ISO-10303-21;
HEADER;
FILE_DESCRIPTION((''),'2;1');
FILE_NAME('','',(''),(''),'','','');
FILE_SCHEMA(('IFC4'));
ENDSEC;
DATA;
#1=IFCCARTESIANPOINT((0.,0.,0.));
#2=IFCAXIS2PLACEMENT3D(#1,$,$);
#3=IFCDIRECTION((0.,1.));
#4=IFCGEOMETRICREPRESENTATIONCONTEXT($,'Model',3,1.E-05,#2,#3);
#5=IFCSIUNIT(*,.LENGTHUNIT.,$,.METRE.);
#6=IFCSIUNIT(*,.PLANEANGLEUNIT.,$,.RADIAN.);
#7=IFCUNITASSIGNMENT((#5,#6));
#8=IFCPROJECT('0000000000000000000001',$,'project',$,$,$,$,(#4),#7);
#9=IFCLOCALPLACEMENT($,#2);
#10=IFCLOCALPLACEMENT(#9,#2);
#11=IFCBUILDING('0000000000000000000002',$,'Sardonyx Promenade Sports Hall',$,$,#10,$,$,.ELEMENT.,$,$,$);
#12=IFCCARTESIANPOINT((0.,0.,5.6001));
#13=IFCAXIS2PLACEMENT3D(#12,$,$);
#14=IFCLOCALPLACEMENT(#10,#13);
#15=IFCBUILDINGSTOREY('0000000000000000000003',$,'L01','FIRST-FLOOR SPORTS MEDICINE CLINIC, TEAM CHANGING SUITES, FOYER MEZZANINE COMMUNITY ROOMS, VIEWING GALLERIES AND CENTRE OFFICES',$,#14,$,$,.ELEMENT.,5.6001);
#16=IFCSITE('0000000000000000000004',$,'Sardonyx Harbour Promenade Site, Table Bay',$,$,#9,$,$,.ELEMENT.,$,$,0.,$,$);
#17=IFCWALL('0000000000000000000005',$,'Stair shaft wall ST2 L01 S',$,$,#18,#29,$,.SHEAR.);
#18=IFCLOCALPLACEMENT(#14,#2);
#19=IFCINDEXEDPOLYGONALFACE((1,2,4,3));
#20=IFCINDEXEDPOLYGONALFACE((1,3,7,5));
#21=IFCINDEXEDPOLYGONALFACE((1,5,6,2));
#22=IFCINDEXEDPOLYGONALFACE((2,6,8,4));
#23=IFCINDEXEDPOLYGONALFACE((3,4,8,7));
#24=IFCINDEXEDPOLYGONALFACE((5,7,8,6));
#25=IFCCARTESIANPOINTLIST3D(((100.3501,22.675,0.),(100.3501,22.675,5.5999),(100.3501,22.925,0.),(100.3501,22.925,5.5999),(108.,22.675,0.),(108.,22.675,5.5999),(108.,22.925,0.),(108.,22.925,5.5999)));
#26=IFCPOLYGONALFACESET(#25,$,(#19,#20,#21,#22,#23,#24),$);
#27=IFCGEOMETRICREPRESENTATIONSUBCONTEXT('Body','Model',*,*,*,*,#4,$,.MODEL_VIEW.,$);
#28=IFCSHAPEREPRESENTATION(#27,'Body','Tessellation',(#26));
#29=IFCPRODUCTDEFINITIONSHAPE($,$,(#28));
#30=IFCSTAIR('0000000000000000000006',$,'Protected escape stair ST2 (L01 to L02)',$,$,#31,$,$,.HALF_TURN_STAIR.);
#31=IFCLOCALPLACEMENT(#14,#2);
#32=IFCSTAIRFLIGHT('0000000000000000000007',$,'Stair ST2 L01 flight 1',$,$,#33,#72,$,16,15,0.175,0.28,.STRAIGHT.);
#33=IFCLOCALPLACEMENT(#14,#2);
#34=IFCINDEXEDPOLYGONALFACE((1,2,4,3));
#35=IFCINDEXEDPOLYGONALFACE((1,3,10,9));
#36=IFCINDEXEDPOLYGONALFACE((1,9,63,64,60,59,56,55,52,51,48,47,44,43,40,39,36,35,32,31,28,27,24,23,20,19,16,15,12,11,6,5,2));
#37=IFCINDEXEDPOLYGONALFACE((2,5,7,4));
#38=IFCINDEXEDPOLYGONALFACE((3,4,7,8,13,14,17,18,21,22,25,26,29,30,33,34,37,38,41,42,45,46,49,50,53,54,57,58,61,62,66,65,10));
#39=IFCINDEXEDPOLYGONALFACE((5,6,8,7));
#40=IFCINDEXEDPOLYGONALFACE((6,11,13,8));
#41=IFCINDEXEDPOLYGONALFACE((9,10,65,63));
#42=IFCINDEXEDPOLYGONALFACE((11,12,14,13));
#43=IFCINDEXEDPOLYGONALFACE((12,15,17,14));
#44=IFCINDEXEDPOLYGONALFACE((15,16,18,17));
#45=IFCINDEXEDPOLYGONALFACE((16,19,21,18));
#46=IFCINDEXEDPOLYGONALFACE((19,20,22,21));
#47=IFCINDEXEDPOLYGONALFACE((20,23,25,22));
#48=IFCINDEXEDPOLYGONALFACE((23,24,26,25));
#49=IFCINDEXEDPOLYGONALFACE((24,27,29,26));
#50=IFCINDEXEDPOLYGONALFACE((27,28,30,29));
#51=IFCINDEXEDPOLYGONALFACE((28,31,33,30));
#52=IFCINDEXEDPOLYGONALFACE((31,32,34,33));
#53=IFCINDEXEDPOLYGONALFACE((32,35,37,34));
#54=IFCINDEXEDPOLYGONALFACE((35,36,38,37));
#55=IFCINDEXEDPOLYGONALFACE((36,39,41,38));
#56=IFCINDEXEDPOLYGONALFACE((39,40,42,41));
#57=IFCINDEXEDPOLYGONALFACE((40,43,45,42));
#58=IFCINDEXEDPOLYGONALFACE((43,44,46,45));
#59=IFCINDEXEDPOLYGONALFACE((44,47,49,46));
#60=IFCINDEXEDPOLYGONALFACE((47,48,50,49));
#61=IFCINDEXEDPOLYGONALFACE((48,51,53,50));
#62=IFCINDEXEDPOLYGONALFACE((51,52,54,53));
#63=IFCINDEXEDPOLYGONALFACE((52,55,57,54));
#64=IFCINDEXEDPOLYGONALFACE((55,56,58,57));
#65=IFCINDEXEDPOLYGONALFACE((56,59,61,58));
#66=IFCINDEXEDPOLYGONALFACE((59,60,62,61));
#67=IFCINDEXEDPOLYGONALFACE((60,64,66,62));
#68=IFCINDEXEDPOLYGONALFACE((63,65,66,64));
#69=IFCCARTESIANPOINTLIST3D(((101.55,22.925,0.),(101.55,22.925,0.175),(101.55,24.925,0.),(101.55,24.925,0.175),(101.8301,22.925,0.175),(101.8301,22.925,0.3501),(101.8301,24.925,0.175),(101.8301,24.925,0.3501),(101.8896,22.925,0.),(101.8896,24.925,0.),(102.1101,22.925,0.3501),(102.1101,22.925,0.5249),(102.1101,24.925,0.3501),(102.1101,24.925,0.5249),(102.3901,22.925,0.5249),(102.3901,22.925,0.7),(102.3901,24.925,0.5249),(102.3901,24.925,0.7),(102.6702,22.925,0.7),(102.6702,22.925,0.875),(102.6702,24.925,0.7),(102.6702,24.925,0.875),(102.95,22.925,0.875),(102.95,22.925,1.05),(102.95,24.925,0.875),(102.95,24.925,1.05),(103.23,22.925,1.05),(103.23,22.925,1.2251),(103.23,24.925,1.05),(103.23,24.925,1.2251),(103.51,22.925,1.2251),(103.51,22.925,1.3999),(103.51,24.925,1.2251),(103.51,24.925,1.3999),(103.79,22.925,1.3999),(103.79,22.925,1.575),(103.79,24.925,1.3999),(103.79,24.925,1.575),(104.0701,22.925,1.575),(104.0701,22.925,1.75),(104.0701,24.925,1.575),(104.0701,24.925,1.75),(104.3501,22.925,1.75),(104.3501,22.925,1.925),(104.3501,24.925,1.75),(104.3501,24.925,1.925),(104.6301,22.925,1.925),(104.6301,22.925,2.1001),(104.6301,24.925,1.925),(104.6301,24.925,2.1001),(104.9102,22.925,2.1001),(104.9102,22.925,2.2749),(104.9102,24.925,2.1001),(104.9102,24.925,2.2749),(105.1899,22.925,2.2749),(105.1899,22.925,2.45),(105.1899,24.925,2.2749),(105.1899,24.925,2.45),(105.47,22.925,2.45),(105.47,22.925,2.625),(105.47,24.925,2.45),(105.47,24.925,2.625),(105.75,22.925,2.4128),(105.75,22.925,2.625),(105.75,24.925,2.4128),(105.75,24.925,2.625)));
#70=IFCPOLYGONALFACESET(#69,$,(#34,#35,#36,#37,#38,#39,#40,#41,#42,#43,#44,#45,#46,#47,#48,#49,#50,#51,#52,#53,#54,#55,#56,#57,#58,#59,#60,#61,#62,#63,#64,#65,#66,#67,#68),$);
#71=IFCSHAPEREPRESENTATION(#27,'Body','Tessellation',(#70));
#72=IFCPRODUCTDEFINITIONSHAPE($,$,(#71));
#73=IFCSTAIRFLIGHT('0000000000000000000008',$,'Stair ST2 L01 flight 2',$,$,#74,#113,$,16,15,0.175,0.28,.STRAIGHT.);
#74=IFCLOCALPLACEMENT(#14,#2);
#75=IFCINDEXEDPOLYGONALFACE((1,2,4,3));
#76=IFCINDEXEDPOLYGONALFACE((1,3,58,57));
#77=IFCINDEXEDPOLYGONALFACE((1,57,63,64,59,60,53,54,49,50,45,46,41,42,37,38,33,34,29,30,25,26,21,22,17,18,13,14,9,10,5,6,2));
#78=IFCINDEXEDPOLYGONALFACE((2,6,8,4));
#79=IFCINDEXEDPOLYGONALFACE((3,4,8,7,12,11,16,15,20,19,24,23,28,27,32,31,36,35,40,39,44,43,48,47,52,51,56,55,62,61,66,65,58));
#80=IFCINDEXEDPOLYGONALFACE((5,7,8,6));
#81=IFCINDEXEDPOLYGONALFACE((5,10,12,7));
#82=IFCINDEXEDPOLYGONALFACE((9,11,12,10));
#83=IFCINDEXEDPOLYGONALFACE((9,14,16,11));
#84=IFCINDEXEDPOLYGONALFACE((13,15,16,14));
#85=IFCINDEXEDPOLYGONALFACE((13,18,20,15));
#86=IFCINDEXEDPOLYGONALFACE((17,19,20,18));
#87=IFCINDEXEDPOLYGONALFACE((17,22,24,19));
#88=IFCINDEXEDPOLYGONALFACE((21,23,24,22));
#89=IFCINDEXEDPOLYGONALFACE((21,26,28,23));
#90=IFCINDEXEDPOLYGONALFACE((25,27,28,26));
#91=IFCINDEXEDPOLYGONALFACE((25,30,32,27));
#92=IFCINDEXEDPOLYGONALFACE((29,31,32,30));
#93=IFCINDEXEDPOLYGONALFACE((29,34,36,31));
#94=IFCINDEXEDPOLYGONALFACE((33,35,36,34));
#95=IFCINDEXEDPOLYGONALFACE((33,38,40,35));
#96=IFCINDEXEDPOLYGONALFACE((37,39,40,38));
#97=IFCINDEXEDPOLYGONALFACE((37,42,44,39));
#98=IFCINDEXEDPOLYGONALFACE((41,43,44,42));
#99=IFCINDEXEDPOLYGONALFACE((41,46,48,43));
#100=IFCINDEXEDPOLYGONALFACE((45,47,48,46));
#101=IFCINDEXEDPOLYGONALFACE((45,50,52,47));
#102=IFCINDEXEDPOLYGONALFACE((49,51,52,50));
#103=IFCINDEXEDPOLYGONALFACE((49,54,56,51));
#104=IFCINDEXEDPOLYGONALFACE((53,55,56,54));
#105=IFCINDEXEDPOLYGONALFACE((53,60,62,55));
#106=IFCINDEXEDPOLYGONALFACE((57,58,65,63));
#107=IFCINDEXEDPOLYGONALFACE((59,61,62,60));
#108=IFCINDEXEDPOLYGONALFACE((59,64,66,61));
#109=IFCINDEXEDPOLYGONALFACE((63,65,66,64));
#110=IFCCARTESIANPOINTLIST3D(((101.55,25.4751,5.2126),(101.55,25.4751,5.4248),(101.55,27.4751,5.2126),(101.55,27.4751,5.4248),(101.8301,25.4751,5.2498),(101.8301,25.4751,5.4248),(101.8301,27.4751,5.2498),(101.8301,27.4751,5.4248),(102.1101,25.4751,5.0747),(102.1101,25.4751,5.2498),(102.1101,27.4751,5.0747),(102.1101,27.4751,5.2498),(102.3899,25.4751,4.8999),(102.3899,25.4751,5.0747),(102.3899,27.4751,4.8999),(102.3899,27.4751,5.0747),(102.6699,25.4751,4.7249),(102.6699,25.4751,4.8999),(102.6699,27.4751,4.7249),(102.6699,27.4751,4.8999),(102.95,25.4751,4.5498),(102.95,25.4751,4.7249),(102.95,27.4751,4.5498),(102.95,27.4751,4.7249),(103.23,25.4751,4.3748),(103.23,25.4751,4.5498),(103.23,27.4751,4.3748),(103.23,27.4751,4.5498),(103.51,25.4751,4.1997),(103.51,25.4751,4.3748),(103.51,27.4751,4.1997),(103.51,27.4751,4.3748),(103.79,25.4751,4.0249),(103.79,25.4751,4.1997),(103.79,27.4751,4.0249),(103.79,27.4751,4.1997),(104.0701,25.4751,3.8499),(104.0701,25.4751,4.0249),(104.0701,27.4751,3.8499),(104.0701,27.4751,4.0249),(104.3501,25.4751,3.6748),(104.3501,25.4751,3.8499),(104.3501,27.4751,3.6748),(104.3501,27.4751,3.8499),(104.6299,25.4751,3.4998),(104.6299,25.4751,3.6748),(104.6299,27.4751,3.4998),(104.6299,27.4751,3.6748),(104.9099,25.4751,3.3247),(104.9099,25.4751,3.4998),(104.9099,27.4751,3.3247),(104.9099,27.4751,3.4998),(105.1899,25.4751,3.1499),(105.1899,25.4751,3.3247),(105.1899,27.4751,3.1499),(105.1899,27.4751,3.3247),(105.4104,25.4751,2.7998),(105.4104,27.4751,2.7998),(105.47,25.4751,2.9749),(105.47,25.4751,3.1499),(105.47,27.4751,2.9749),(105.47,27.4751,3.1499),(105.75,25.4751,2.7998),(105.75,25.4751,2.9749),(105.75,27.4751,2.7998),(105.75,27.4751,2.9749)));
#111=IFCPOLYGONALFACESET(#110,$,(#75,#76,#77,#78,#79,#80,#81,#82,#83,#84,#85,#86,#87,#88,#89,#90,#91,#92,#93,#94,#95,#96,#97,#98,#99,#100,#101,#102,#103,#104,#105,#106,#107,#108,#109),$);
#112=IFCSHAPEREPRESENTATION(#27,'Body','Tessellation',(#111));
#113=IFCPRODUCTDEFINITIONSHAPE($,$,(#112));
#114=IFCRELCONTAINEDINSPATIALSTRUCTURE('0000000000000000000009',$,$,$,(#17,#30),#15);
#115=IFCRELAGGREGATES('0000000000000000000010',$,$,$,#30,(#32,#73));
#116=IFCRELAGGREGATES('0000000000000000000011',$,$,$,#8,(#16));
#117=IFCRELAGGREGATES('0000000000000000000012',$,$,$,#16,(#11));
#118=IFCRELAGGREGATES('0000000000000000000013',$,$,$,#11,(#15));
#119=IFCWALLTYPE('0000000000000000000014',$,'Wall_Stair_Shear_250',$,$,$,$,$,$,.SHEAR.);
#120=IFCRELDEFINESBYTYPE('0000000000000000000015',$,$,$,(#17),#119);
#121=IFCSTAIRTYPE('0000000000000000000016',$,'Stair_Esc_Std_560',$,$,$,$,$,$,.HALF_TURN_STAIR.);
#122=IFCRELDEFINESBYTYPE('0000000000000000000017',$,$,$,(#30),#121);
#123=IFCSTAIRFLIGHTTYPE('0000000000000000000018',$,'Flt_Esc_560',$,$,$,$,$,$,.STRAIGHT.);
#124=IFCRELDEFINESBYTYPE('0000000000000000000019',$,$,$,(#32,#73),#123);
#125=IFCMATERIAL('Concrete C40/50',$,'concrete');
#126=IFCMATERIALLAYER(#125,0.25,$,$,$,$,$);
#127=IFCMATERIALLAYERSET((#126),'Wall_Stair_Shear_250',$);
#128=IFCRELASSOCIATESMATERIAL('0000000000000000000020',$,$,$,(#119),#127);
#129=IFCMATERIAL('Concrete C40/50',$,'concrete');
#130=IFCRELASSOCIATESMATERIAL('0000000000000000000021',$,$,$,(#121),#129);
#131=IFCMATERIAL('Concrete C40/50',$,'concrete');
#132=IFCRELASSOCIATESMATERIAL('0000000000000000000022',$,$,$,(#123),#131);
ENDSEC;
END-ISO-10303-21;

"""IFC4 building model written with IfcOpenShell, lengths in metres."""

from ifc_helpers import new_model, si_unit, direction, frame, frame_2d, origin, place, context, subcontext, project, spatial, polyline, rectangle, outline, extrude, material, layer, layer_set, type_object, element, aggregate, save


model = new_model("IFC4")

# Units and contexts
model_context = context("Model", 3, precision=1e-05, world=origin(), true_north=direction((0.0, 1.0)))
body_context = subcontext(model_context, "Body", "Model", "MODEL_VIEW")
ifc_project = project(units=[si_unit("LENGTHUNIT", "METRE"), si_unit("PLANEANGLEUNIT", "RADIAN")], contexts=[model_context])

# Site, building, storey
site_placement = place(None, origin())
site = spatial("IfcSite", under=ifc_project, at=site_placement, Name="Sardonyx Harbour Promenade Site, Table Bay", CompositionType="ELEMENT", RefElevation=0.0)
building_placement = place(site_placement, origin())
building = spatial("IfcBuilding", under=site, at=building_placement, Name="Sardonyx Promenade Sports Hall", CompositionType="ELEMENT")
storey_placement = place(building_placement, frame((0.0, 0.0, 5.6001)))
storey = spatial("IfcBuildingStorey", under=building, at=storey_placement, Name="L01", Description="FIRST-FLOOR SPORTS MEDICINE CLINIC, TEAM CHANGING SUITES, FOYER MEZZANINE COMMUNITY ROOMS, VIEWING GALLERIES AND CENTRE OFFICES", CompositionType="ELEMENT", Elevation=5.6001)

# Shared definitions
ifc_material_1 = material(Name="Concrete C40/50", Category="concrete")
ifc_layer_1 = layer(ifc_material_1, 0.25)
ifc_layer_set_1 = layer_set([ifc_layer_1], Name="Wall_Stair_Shear_250")
wall_type_1 = type_object("IfcWallType", Name="Wall_Stair_Shear_250", PredefinedType="SHEAR", material=ifc_layer_set_1)

# Wall
wall_1_placement = place(storey_placement, frame((108.0, 22.8, 0.0), z_axis=(0.0, 0.0, 1.0), x_axis=(-1.0, 0.0, 0.0)))
element("IfcWall", 1, at=wall_1_placement, inside=storey, type_object=wall_type_1, Name="Stair shaft wall ST2 L01 S", PredefinedType="SHEAR", context=body_context, shape_type="SweptSolid", body=[
    extrude(rectangle(XDim=7.6499, YDim=0.25, at=frame_2d((3.825, 0.0))), origin(), (0.0, 0.0, 1.0), 5.5999),
])

# Stair, stair flights
ifc_material_2 = material(Name="Concrete C40/50", Category="concrete")
stair_type = type_object("IfcStairType", Name="Stair_Esc_Std_560", PredefinedType="HALF_TURN_STAIR", material=ifc_material_2)
stair_placement = place(storey_placement, origin())
stair = element("IfcStair", 2, at=stair_placement, inside=storey, type_object=stair_type, Name="Protected escape stair ST2 (L01 to L02)", PredefinedType="HALF_TURN_STAIR")
ifc_material_3 = material(Name="Concrete C40/50", Category="concrete")
stair_flight_type = type_object("IfcStairFlightType", Name="Flt_Esc_560", PredefinedType="STRAIGHT", material=ifc_material_3)
stair_flight_1_placement = place(storey_placement, frame((101.55, 23.925, 0.0), z_axis=(0.0, 0.0, 1.0), x_axis=(1.0, 0.0, 0.0)))
stair_flight_1 = element("IfcStairFlight", 3, at=stair_flight_1_placement, type_object=stair_flight_type, Name="Stair ST2 L01 flight 1", NumberOfRisers=16, NumberOfTreads=15, PredefinedType="STRAIGHT", RiserHeight=0.175, TreadLength=0.28, context=body_context, shape_type="SweptSolid", body=[
    extrude(outline(polyline([(0.0, 0.0), (0.0, 0.175), (0.28, 0.175), (0.28, 0.3501), (0.5601, 0.3501), (0.5601, 0.5249), (0.8401, 0.5249), (0.8401, 0.7), (1.1201, 0.7), (1.1201, 0.875), (1.3999, 0.875), (1.3999, 1.05), (1.6799, 1.05), (1.6799, 1.2251), (1.96, 1.2251), (1.96, 1.3999), (2.24, 1.3999), (2.24, 1.575), (2.52, 1.575), (2.52, 1.75), (2.8, 1.75), (2.8, 1.925), (3.0801, 1.925), (3.0801, 2.1001), (3.3601, 2.1001), (3.3601, 2.2749), (3.6399, 2.2749), (3.6399, 2.45), (3.9199, 2.45), (3.9199, 2.625), (4.2, 2.625), (4.2, 2.8), (4.2, 2.4128), (0.3396, 0.0), (0.0, 0.0)])), frame((0.0, 1.0, 0.0), z_axis=(0.0, -1.0, 0.0), x_axis=(1.0, 0.0, 0.0)), (0.0, 0.0, 1.0), 2.0),
])
stair_flight_2_placement = place(storey_placement, frame((105.75, 26.4751, 2.7998), z_axis=(0.0, 0.0, 1.0), x_axis=(-1.0, 0.0, 0.0)))
stair_flight_2 = element("IfcStairFlight", 4, at=stair_flight_2_placement, type_object=stair_flight_type, Name="Stair ST2 L01 flight 2", NumberOfRisers=16, NumberOfTreads=15, PredefinedType="STRAIGHT", RiserHeight=0.175, TreadLength=0.28, context=body_context, shape_type="SweptSolid", body=[
    extrude(outline(polyline([(0.0, 0.0), (0.0, 0.175), (0.28, 0.175), (0.28, 0.3501), (0.5601, 0.3501), (0.5601, 0.5249), (0.8401, 0.5249), (0.8401, 0.7), (1.1201, 0.7), (1.1201, 0.875), (1.3999, 0.875), (1.3999, 1.05), (1.6799, 1.05), (1.6799, 1.2251), (1.96, 1.2251), (1.96, 1.3999), (2.24, 1.3999), (2.24, 1.575), (2.52, 1.575), (2.52, 1.75), (2.8, 1.75), (2.8, 1.925), (3.0801, 1.925), (3.0801, 2.1001), (3.3601, 2.1001), (3.3601, 2.2749), (3.6399, 2.2749), (3.6399, 2.45), (3.9199, 2.45), (3.9199, 2.625), (4.2, 2.625), (4.2, 2.8), (4.2, 2.4128), (0.3396, 0.0), (0.0, 0.0)])), frame((0.0, 1.0, 0.0), z_axis=(0.0, -1.0, 0.0), x_axis=(1.0, 0.0, 0.0)), (0.0, 0.0, 1.0), 2.0),
])
aggregate(stair, [stair_flight_1, stair_flight_2])

save(model, "model.ifc")
